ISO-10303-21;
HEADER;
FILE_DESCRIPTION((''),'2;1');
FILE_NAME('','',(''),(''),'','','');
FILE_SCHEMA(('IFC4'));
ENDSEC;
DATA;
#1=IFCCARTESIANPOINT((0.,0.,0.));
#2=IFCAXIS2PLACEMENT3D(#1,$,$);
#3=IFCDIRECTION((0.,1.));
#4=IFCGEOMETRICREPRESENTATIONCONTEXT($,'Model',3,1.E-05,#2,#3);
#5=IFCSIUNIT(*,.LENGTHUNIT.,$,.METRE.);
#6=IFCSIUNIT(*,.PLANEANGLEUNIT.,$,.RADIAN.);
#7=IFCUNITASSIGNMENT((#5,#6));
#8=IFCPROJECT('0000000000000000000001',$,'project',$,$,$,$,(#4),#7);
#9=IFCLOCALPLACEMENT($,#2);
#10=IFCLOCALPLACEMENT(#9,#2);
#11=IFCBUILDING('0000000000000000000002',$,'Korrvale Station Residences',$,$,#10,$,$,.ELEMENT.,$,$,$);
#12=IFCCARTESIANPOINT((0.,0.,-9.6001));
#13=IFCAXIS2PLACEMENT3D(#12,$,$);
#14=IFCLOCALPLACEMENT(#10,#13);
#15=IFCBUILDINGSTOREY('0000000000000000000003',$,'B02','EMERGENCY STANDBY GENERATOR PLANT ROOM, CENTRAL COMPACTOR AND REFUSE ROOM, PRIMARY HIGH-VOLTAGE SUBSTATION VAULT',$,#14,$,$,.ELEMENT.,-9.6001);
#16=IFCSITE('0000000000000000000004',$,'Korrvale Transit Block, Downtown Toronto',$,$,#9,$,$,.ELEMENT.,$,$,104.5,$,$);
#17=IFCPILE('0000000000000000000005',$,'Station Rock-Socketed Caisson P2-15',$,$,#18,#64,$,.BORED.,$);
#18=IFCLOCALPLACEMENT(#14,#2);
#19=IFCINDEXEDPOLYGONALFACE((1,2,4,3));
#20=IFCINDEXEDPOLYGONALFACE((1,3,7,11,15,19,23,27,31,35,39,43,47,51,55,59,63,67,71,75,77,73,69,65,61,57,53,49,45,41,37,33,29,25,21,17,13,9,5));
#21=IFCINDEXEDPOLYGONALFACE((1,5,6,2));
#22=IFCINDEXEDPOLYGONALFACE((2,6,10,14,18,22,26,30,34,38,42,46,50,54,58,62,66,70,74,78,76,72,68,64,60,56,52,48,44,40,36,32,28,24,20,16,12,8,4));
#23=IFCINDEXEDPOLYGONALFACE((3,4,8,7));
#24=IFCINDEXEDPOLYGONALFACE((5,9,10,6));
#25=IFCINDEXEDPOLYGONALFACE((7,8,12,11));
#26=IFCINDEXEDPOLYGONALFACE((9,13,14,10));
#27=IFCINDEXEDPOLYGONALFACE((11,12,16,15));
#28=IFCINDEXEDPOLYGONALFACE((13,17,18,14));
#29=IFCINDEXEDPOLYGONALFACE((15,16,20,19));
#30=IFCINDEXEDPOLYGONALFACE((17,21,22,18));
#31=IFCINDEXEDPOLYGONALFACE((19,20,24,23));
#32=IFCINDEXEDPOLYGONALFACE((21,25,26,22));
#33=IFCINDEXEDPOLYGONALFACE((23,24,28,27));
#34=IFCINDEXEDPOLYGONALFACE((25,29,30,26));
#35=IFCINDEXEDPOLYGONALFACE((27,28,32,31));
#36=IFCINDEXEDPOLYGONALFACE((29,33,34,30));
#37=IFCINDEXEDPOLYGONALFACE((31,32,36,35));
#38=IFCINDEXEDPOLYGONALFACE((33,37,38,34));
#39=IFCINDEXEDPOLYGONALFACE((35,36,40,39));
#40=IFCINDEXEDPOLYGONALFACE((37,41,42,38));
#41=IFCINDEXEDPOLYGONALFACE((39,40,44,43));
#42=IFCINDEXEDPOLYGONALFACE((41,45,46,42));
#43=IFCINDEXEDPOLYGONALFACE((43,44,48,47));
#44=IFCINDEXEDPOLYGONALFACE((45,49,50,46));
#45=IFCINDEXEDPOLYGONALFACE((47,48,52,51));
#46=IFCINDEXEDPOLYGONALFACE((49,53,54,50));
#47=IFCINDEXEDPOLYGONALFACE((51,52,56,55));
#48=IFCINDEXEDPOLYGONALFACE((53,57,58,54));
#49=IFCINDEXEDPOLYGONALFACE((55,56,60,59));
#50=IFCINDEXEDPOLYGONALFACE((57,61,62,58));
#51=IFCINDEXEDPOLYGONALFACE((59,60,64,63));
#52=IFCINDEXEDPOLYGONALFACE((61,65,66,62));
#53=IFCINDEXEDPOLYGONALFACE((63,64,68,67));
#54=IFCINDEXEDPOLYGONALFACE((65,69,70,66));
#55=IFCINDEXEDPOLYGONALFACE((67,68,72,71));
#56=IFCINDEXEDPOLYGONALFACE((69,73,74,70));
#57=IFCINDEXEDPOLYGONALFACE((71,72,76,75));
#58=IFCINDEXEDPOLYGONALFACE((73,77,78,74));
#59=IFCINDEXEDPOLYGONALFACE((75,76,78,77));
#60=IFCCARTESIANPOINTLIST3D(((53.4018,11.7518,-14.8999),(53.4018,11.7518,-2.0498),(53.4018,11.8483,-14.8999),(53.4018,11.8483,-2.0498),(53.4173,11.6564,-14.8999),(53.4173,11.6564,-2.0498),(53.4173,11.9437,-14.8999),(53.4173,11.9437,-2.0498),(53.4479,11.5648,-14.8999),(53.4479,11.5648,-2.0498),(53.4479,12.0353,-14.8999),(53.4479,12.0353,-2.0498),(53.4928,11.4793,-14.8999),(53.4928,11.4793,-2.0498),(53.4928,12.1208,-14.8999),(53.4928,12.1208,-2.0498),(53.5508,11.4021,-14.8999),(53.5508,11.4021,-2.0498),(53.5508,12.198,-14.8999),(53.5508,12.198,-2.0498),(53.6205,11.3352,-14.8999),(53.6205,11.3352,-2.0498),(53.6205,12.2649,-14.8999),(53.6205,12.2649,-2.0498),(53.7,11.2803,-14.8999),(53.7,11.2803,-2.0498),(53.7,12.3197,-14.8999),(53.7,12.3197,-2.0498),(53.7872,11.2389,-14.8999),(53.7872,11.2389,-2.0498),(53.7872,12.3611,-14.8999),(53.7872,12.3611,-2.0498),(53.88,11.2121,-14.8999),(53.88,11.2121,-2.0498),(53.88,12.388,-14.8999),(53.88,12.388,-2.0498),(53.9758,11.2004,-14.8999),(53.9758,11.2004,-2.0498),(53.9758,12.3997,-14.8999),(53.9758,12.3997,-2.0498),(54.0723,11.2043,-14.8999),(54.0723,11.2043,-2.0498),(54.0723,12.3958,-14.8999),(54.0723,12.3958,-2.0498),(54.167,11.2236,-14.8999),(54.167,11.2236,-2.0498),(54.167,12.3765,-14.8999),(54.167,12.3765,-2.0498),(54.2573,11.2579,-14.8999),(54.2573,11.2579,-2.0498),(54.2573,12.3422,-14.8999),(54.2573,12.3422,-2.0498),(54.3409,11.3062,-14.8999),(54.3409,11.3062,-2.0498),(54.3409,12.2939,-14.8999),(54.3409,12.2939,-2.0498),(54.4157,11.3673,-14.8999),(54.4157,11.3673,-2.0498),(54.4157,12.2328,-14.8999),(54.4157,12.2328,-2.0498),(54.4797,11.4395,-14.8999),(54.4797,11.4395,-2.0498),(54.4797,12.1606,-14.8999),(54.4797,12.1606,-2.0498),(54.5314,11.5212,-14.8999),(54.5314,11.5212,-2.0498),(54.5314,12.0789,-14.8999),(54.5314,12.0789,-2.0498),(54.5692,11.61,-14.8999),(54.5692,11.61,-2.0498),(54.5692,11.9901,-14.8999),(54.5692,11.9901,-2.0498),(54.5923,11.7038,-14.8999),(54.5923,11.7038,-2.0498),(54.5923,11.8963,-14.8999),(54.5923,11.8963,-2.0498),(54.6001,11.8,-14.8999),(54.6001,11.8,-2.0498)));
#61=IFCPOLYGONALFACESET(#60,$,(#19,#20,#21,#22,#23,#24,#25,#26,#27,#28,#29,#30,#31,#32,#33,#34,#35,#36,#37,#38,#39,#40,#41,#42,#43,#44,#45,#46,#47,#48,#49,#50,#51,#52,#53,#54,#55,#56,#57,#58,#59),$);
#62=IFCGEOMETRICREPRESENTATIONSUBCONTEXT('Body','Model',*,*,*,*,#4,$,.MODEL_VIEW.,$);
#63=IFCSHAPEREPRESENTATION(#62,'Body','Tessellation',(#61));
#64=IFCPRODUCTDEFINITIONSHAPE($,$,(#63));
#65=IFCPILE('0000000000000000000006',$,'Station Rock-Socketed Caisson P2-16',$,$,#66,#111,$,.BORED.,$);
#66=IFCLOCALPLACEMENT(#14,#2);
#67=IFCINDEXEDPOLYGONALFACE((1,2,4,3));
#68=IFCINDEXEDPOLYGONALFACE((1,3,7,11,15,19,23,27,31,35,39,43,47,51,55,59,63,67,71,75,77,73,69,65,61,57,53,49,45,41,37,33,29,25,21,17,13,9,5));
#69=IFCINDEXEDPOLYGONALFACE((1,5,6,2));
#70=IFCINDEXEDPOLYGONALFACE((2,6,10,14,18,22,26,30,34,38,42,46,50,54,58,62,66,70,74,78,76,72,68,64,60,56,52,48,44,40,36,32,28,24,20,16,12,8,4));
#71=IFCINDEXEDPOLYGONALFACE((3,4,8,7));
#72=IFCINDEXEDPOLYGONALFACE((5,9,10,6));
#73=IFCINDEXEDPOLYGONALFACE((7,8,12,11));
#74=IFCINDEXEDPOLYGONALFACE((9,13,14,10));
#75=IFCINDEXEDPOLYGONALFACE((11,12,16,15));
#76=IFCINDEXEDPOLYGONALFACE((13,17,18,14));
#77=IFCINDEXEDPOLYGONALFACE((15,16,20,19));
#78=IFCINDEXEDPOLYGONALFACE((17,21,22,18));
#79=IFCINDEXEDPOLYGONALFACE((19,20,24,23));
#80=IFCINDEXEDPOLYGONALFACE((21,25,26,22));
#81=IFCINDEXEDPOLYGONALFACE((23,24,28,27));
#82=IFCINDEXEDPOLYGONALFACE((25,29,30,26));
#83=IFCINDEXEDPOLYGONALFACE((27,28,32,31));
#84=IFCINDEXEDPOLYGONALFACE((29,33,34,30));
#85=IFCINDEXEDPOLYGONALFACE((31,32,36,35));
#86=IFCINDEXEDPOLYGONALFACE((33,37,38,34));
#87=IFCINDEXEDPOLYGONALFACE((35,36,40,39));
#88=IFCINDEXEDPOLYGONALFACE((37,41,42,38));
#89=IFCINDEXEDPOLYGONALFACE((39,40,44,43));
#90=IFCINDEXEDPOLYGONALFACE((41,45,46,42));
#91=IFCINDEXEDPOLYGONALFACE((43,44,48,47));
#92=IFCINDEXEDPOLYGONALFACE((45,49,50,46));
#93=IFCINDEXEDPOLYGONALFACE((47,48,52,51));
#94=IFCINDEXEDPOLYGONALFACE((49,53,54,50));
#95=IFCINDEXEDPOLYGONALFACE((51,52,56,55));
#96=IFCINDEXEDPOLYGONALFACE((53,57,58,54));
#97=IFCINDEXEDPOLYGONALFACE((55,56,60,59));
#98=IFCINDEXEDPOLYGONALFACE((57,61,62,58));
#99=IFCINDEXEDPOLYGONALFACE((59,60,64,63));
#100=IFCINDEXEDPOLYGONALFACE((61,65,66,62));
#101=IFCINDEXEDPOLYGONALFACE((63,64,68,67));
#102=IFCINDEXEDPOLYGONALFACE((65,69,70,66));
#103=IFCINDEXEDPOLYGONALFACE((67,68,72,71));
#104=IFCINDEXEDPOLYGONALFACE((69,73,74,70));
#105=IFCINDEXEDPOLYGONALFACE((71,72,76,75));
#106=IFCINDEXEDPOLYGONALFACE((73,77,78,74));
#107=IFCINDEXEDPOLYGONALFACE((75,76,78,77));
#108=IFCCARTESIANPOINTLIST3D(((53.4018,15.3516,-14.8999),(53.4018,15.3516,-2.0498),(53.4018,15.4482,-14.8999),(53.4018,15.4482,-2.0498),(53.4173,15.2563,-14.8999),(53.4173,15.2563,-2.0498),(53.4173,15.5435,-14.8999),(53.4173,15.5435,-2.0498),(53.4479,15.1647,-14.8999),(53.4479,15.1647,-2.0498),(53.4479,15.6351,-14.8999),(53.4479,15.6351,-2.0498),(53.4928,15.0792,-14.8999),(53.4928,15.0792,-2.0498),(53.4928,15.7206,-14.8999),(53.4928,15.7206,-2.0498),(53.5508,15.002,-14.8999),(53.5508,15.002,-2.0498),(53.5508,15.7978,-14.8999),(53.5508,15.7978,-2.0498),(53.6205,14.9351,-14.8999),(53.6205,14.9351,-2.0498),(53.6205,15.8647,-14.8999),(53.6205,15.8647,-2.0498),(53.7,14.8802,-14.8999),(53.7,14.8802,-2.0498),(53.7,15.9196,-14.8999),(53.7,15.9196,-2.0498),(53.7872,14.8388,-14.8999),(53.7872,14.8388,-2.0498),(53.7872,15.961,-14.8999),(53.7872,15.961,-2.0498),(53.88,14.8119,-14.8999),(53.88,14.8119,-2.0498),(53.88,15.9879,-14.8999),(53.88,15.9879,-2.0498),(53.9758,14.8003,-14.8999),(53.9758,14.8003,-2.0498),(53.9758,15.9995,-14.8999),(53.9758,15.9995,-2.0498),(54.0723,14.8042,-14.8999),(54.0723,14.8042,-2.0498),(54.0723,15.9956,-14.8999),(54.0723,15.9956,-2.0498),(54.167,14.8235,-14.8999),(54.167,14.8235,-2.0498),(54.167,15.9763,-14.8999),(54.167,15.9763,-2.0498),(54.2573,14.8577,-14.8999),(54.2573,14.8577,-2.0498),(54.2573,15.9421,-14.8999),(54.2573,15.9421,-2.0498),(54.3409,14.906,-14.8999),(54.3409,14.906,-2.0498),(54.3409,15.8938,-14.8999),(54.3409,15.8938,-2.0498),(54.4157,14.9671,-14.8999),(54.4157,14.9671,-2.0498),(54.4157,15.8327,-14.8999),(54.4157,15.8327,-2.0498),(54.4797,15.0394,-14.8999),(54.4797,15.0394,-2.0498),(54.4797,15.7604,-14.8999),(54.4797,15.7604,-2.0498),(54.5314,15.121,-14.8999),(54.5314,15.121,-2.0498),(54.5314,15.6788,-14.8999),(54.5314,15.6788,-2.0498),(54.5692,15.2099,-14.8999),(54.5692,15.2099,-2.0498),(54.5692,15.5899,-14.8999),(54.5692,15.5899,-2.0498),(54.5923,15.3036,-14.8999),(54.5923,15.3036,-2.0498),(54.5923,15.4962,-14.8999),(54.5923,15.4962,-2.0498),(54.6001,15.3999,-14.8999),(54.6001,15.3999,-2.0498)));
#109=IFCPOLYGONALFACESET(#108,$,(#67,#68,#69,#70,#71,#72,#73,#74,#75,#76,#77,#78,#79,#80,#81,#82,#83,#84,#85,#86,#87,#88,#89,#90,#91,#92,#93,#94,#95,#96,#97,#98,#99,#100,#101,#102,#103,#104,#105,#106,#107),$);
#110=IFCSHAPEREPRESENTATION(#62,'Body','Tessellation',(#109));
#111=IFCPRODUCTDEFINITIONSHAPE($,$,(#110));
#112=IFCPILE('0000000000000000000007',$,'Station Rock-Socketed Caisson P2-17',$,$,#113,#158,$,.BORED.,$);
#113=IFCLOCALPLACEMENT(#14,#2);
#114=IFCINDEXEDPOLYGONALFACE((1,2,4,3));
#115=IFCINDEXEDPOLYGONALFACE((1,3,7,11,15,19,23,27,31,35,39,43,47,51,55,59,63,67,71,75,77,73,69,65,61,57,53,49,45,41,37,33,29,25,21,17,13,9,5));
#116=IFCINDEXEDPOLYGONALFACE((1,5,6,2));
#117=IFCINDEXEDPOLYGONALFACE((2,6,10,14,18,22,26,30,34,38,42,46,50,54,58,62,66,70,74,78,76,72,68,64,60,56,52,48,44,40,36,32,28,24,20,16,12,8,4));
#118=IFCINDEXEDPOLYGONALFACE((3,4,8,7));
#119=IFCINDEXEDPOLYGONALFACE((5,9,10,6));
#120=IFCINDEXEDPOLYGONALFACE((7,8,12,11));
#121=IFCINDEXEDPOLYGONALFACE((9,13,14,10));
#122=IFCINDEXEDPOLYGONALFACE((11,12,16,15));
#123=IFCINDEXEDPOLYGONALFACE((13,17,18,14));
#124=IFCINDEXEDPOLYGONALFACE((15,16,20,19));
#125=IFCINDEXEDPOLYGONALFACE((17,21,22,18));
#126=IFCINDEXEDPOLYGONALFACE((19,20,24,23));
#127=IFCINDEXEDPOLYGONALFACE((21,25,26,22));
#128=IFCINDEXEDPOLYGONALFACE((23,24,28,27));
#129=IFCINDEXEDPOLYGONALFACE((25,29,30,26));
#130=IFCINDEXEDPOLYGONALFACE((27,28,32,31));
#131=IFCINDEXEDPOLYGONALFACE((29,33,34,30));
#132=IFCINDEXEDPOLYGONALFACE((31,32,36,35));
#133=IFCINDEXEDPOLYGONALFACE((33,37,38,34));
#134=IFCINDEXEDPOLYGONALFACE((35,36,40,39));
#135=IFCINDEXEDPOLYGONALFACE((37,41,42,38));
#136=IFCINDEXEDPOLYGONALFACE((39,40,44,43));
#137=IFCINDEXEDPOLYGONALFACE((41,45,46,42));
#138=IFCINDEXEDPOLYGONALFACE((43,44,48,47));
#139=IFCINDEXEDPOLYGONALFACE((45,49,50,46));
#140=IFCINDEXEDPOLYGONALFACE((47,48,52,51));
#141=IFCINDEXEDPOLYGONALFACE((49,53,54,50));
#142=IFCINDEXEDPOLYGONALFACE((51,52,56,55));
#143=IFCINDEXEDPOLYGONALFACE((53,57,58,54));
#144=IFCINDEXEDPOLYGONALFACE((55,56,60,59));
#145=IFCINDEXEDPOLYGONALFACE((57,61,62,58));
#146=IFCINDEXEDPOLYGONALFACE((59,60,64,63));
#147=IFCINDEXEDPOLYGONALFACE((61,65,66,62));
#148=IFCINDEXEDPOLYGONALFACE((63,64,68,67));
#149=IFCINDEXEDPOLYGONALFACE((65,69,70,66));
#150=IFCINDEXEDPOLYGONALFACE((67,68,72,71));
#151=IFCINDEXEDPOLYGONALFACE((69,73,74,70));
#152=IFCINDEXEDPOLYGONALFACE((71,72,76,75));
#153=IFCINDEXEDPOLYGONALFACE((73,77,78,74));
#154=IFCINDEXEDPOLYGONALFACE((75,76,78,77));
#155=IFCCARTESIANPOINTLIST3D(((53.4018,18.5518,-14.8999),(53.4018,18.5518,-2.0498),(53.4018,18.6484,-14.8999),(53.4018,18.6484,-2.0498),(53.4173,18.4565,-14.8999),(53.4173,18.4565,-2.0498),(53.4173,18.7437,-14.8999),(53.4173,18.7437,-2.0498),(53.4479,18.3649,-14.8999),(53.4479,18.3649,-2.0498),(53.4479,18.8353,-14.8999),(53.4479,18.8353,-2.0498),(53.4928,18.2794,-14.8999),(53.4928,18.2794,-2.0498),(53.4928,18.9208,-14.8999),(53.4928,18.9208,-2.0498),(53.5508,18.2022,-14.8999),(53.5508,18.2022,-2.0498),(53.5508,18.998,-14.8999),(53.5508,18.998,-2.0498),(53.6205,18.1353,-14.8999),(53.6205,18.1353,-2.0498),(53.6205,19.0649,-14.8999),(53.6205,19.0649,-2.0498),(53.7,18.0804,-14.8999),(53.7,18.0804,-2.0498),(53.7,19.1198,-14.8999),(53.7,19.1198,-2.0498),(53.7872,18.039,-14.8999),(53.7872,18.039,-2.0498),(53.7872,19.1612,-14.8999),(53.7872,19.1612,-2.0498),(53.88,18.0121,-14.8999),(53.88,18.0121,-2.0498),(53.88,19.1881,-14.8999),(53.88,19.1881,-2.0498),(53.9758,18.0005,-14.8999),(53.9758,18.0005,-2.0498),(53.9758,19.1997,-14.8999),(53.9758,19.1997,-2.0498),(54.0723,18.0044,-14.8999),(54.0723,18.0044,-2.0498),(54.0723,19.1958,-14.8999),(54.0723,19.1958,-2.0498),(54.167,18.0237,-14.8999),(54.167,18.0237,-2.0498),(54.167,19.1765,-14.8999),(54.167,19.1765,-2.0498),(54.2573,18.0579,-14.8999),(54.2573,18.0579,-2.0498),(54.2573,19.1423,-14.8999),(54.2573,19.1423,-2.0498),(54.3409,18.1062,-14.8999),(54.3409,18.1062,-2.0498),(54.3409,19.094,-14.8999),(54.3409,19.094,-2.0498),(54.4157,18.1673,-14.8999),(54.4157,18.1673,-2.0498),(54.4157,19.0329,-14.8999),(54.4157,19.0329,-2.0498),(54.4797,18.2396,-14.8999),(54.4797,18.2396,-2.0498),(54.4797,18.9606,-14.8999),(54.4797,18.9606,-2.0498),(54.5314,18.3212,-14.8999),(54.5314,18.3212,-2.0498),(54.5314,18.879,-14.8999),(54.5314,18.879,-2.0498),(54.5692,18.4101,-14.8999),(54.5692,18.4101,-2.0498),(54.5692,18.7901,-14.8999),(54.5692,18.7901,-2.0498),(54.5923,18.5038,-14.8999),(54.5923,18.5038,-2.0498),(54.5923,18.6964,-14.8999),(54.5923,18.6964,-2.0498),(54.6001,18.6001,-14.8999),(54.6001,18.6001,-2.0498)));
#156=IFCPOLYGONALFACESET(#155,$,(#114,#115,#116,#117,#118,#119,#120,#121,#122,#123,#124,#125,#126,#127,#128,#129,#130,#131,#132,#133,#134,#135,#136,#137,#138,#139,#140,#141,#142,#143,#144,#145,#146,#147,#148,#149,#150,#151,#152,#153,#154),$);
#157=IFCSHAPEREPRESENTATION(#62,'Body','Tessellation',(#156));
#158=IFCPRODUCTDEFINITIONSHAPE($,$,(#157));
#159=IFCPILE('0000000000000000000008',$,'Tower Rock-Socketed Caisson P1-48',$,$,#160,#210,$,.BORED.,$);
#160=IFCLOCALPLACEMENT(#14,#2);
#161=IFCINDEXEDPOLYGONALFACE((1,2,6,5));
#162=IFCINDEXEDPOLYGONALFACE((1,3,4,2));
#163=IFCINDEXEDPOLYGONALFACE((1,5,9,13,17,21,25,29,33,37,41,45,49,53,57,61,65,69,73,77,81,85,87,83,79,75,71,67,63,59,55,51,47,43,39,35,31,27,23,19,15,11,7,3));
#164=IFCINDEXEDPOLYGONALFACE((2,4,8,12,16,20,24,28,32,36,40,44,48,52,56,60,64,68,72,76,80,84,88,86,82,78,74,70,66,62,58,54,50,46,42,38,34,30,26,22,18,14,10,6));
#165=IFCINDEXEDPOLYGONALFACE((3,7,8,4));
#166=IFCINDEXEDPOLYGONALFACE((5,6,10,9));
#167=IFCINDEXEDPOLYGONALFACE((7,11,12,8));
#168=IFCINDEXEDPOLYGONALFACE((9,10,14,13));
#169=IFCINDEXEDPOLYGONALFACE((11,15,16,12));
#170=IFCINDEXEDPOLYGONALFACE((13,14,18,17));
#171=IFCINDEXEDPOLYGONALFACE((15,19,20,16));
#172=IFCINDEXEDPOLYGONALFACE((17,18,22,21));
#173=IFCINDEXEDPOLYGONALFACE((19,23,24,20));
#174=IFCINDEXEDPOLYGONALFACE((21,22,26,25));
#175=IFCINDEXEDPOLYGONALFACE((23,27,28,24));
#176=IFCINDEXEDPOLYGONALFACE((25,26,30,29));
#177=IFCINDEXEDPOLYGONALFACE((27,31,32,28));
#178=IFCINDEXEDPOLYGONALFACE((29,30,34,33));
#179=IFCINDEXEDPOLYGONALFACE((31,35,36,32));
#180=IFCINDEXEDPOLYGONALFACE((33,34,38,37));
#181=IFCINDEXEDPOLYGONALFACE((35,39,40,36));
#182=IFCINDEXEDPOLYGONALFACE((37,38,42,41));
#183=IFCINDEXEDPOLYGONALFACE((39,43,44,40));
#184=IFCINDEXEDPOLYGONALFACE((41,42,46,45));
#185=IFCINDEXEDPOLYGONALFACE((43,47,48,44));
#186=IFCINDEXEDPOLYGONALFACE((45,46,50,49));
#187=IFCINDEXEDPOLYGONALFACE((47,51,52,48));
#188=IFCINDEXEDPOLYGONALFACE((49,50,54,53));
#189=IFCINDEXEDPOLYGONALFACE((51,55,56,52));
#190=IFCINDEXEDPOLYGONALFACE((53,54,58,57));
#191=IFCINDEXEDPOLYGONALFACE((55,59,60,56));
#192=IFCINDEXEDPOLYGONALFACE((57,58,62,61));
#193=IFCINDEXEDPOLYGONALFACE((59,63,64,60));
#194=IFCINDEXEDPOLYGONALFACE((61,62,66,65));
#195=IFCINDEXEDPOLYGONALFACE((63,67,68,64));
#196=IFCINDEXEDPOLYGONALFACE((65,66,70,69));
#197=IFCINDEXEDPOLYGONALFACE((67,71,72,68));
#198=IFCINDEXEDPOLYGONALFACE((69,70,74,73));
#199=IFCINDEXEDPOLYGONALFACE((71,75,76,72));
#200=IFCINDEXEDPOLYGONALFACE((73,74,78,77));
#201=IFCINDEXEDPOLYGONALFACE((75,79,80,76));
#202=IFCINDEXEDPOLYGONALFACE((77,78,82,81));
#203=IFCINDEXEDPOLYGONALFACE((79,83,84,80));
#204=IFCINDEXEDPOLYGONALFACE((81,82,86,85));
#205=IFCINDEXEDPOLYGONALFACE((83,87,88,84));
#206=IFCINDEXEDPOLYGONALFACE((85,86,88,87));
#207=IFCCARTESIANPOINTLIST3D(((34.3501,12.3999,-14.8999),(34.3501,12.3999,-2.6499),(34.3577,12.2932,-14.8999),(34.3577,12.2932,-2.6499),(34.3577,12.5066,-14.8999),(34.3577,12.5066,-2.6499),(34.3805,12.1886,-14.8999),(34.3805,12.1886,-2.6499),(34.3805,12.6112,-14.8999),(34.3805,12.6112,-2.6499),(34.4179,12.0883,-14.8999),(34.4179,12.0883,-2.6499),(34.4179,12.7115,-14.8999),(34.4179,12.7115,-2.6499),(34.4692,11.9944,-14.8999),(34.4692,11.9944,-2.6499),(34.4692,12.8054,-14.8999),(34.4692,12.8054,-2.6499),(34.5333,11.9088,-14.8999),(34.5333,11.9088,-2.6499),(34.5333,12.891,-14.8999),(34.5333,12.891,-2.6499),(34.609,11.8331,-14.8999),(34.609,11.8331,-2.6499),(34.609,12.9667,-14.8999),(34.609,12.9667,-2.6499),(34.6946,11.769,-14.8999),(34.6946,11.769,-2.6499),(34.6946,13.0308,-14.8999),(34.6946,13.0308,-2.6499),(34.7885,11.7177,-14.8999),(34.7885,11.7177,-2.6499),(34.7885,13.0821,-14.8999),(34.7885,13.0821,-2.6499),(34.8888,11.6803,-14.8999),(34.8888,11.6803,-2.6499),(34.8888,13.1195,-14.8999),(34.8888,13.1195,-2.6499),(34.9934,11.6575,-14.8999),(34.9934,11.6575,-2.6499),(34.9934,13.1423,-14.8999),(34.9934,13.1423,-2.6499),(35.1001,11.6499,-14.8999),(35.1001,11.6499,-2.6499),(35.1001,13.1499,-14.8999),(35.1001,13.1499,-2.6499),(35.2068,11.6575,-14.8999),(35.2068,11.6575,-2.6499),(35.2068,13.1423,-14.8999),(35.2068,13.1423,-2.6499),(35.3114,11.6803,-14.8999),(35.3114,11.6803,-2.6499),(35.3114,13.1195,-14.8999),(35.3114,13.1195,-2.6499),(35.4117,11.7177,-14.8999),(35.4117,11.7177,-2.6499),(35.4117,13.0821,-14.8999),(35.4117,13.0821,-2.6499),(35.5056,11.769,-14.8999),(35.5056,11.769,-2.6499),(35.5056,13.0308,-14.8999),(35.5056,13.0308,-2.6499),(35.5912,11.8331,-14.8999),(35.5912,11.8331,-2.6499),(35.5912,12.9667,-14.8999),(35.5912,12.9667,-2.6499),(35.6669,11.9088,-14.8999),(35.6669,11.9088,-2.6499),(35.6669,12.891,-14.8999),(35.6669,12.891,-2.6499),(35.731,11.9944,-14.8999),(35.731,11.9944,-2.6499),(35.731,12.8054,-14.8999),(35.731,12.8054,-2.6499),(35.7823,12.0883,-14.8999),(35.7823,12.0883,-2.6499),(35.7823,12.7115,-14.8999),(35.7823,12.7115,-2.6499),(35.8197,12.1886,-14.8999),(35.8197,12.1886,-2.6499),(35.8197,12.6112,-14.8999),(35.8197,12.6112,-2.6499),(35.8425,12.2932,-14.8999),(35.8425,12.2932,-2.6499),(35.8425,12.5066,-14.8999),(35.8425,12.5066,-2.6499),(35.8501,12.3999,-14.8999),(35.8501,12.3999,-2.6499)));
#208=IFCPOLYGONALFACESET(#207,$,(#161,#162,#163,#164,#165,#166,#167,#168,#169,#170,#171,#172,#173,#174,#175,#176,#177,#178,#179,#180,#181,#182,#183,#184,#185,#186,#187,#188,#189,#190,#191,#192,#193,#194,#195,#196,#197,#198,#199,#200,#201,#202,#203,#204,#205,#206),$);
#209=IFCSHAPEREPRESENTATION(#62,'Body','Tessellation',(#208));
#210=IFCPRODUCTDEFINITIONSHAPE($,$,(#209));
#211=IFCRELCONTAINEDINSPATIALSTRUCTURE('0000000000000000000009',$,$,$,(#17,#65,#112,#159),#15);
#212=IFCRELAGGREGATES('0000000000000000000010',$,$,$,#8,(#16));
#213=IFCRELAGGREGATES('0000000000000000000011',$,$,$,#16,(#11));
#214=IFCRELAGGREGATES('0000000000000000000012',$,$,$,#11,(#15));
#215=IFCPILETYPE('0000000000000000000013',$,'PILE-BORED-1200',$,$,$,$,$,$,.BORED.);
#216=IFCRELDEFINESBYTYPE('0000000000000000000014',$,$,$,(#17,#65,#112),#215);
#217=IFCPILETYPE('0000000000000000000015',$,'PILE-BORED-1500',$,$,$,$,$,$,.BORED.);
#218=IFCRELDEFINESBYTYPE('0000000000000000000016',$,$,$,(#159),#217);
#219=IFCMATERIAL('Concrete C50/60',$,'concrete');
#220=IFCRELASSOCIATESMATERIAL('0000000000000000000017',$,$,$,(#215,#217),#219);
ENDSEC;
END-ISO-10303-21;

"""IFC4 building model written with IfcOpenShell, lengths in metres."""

from ifc_helpers import new_model, si_unit, direction, frame, origin, origin_2d, place, context, subcontext, project, spatial, circle, extrude, material, material_profile, profile_set, type_object, element, save


model = new_model("IFC4")

# Units and contexts
model_context = context("Model", 3, precision=1e-05, world=origin(), true_north=direction((0.0, 1.0)))
body_context = subcontext(model_context, "Body", "Model", "MODEL_VIEW")
ifc_project = project(units=[si_unit("LENGTHUNIT", "METRE"), si_unit("PLANEANGLEUNIT", "RADIAN")], contexts=[model_context])

# Site, building, storey
site_placement = place(None, origin())
site = spatial("IfcSite", under=ifc_project, at=site_placement, Name="Korrvale Transit Block, Downtown Toronto", CompositionType="ELEMENT", RefElevation=104.5)
building_placement = place(site_placement, origin())
building = spatial("IfcBuilding", under=site, at=building_placement, Name="Korrvale Station Residences", CompositionType="ELEMENT")
storey_placement = place(building_placement, frame((0.0, 0.0, -9.6001)))
storey = spatial("IfcBuildingStorey", under=building, at=storey_placement, Name="B02", Description="EMERGENCY STANDBY GENERATOR PLANT ROOM, CENTRAL COMPACTOR AND REFUSE ROOM, PRIMARY HIGH-VOLTAGE SUBSTATION VAULT", CompositionType="ELEMENT", Elevation=-9.6001)

# Piles
ifc_material_1 = material(Name="Concrete C50/60", Category="concrete")
ifc_material_profile_1 = material_profile(ifc_material_1, circle(Radius=0.6001, at=origin_2d()), Name="PILE1200")
ifc_profile_set_1 = profile_set([ifc_material_profile_1], Name="Concrete C50/60")
pile_type_1 = type_object("IfcPileType", Name="PILE-BORED-1200", PredefinedType="BORED", material=ifc_profile_set_1)
for number, where, z_axis, x_axis, name in (
    (1, (54.0, 11.8, -2.0498), (0.0, 0.0, -1.0), (1.0, 0.0, 0.0), "Station Rock-Socketed Caisson P2-15"),
    (2, (54.0, 15.3999, -2.0498), (0.0, 0.0, -1.0), (1.0, 0.0, 0.0), "Station Rock-Socketed Caisson P2-16"),
    (3, (54.0, 18.6001, -2.0498), (0.0, 0.0, -1.0), (1.0, 0.0, 0.0), "Station Rock-Socketed Caisson P2-17"),
):
    element("IfcPile", number, at=place(storey_placement, frame(where, z_axis=z_axis, x_axis=x_axis)), inside=storey, type_object=pile_type_1, Name=name, PredefinedType="BORED", context=body_context, shape_type="SweptSolid", body=[
        extrude(circle(Radius=0.6001, at=origin_2d()), origin(), (0.0, 0.0, 1.0), 12.8501),
    ])
ifc_material_profile_2 = material_profile(ifc_material_1, circle(Radius=0.75, at=origin_2d()), Name="PILE1500")
ifc_profile_set_2 = profile_set([ifc_material_profile_2], Name="Concrete C50/60")
pile_type_2 = type_object("IfcPileType", Name="PILE-BORED-1500", PredefinedType="BORED", material=ifc_profile_set_2)
for number, where, z_axis, x_axis, name in (
    (4, (35.1001, 12.3999, -2.6499), (0.0, 0.0, -1.0), (1.0, 0.0, 0.0), "Tower Rock-Socketed Caisson P1-48"),
):
    element("IfcPile", number, at=place(storey_placement, frame(where, z_axis=z_axis, x_axis=x_axis)), inside=storey, type_object=pile_type_2, Name=name, PredefinedType="BORED", context=body_context, shape_type="SweptSolid", body=[
        extrude(circle(Radius=0.75, at=origin_2d()), origin(), (0.0, 0.0, 1.0), 12.25),
    ])

save(model, "model.ifc")
